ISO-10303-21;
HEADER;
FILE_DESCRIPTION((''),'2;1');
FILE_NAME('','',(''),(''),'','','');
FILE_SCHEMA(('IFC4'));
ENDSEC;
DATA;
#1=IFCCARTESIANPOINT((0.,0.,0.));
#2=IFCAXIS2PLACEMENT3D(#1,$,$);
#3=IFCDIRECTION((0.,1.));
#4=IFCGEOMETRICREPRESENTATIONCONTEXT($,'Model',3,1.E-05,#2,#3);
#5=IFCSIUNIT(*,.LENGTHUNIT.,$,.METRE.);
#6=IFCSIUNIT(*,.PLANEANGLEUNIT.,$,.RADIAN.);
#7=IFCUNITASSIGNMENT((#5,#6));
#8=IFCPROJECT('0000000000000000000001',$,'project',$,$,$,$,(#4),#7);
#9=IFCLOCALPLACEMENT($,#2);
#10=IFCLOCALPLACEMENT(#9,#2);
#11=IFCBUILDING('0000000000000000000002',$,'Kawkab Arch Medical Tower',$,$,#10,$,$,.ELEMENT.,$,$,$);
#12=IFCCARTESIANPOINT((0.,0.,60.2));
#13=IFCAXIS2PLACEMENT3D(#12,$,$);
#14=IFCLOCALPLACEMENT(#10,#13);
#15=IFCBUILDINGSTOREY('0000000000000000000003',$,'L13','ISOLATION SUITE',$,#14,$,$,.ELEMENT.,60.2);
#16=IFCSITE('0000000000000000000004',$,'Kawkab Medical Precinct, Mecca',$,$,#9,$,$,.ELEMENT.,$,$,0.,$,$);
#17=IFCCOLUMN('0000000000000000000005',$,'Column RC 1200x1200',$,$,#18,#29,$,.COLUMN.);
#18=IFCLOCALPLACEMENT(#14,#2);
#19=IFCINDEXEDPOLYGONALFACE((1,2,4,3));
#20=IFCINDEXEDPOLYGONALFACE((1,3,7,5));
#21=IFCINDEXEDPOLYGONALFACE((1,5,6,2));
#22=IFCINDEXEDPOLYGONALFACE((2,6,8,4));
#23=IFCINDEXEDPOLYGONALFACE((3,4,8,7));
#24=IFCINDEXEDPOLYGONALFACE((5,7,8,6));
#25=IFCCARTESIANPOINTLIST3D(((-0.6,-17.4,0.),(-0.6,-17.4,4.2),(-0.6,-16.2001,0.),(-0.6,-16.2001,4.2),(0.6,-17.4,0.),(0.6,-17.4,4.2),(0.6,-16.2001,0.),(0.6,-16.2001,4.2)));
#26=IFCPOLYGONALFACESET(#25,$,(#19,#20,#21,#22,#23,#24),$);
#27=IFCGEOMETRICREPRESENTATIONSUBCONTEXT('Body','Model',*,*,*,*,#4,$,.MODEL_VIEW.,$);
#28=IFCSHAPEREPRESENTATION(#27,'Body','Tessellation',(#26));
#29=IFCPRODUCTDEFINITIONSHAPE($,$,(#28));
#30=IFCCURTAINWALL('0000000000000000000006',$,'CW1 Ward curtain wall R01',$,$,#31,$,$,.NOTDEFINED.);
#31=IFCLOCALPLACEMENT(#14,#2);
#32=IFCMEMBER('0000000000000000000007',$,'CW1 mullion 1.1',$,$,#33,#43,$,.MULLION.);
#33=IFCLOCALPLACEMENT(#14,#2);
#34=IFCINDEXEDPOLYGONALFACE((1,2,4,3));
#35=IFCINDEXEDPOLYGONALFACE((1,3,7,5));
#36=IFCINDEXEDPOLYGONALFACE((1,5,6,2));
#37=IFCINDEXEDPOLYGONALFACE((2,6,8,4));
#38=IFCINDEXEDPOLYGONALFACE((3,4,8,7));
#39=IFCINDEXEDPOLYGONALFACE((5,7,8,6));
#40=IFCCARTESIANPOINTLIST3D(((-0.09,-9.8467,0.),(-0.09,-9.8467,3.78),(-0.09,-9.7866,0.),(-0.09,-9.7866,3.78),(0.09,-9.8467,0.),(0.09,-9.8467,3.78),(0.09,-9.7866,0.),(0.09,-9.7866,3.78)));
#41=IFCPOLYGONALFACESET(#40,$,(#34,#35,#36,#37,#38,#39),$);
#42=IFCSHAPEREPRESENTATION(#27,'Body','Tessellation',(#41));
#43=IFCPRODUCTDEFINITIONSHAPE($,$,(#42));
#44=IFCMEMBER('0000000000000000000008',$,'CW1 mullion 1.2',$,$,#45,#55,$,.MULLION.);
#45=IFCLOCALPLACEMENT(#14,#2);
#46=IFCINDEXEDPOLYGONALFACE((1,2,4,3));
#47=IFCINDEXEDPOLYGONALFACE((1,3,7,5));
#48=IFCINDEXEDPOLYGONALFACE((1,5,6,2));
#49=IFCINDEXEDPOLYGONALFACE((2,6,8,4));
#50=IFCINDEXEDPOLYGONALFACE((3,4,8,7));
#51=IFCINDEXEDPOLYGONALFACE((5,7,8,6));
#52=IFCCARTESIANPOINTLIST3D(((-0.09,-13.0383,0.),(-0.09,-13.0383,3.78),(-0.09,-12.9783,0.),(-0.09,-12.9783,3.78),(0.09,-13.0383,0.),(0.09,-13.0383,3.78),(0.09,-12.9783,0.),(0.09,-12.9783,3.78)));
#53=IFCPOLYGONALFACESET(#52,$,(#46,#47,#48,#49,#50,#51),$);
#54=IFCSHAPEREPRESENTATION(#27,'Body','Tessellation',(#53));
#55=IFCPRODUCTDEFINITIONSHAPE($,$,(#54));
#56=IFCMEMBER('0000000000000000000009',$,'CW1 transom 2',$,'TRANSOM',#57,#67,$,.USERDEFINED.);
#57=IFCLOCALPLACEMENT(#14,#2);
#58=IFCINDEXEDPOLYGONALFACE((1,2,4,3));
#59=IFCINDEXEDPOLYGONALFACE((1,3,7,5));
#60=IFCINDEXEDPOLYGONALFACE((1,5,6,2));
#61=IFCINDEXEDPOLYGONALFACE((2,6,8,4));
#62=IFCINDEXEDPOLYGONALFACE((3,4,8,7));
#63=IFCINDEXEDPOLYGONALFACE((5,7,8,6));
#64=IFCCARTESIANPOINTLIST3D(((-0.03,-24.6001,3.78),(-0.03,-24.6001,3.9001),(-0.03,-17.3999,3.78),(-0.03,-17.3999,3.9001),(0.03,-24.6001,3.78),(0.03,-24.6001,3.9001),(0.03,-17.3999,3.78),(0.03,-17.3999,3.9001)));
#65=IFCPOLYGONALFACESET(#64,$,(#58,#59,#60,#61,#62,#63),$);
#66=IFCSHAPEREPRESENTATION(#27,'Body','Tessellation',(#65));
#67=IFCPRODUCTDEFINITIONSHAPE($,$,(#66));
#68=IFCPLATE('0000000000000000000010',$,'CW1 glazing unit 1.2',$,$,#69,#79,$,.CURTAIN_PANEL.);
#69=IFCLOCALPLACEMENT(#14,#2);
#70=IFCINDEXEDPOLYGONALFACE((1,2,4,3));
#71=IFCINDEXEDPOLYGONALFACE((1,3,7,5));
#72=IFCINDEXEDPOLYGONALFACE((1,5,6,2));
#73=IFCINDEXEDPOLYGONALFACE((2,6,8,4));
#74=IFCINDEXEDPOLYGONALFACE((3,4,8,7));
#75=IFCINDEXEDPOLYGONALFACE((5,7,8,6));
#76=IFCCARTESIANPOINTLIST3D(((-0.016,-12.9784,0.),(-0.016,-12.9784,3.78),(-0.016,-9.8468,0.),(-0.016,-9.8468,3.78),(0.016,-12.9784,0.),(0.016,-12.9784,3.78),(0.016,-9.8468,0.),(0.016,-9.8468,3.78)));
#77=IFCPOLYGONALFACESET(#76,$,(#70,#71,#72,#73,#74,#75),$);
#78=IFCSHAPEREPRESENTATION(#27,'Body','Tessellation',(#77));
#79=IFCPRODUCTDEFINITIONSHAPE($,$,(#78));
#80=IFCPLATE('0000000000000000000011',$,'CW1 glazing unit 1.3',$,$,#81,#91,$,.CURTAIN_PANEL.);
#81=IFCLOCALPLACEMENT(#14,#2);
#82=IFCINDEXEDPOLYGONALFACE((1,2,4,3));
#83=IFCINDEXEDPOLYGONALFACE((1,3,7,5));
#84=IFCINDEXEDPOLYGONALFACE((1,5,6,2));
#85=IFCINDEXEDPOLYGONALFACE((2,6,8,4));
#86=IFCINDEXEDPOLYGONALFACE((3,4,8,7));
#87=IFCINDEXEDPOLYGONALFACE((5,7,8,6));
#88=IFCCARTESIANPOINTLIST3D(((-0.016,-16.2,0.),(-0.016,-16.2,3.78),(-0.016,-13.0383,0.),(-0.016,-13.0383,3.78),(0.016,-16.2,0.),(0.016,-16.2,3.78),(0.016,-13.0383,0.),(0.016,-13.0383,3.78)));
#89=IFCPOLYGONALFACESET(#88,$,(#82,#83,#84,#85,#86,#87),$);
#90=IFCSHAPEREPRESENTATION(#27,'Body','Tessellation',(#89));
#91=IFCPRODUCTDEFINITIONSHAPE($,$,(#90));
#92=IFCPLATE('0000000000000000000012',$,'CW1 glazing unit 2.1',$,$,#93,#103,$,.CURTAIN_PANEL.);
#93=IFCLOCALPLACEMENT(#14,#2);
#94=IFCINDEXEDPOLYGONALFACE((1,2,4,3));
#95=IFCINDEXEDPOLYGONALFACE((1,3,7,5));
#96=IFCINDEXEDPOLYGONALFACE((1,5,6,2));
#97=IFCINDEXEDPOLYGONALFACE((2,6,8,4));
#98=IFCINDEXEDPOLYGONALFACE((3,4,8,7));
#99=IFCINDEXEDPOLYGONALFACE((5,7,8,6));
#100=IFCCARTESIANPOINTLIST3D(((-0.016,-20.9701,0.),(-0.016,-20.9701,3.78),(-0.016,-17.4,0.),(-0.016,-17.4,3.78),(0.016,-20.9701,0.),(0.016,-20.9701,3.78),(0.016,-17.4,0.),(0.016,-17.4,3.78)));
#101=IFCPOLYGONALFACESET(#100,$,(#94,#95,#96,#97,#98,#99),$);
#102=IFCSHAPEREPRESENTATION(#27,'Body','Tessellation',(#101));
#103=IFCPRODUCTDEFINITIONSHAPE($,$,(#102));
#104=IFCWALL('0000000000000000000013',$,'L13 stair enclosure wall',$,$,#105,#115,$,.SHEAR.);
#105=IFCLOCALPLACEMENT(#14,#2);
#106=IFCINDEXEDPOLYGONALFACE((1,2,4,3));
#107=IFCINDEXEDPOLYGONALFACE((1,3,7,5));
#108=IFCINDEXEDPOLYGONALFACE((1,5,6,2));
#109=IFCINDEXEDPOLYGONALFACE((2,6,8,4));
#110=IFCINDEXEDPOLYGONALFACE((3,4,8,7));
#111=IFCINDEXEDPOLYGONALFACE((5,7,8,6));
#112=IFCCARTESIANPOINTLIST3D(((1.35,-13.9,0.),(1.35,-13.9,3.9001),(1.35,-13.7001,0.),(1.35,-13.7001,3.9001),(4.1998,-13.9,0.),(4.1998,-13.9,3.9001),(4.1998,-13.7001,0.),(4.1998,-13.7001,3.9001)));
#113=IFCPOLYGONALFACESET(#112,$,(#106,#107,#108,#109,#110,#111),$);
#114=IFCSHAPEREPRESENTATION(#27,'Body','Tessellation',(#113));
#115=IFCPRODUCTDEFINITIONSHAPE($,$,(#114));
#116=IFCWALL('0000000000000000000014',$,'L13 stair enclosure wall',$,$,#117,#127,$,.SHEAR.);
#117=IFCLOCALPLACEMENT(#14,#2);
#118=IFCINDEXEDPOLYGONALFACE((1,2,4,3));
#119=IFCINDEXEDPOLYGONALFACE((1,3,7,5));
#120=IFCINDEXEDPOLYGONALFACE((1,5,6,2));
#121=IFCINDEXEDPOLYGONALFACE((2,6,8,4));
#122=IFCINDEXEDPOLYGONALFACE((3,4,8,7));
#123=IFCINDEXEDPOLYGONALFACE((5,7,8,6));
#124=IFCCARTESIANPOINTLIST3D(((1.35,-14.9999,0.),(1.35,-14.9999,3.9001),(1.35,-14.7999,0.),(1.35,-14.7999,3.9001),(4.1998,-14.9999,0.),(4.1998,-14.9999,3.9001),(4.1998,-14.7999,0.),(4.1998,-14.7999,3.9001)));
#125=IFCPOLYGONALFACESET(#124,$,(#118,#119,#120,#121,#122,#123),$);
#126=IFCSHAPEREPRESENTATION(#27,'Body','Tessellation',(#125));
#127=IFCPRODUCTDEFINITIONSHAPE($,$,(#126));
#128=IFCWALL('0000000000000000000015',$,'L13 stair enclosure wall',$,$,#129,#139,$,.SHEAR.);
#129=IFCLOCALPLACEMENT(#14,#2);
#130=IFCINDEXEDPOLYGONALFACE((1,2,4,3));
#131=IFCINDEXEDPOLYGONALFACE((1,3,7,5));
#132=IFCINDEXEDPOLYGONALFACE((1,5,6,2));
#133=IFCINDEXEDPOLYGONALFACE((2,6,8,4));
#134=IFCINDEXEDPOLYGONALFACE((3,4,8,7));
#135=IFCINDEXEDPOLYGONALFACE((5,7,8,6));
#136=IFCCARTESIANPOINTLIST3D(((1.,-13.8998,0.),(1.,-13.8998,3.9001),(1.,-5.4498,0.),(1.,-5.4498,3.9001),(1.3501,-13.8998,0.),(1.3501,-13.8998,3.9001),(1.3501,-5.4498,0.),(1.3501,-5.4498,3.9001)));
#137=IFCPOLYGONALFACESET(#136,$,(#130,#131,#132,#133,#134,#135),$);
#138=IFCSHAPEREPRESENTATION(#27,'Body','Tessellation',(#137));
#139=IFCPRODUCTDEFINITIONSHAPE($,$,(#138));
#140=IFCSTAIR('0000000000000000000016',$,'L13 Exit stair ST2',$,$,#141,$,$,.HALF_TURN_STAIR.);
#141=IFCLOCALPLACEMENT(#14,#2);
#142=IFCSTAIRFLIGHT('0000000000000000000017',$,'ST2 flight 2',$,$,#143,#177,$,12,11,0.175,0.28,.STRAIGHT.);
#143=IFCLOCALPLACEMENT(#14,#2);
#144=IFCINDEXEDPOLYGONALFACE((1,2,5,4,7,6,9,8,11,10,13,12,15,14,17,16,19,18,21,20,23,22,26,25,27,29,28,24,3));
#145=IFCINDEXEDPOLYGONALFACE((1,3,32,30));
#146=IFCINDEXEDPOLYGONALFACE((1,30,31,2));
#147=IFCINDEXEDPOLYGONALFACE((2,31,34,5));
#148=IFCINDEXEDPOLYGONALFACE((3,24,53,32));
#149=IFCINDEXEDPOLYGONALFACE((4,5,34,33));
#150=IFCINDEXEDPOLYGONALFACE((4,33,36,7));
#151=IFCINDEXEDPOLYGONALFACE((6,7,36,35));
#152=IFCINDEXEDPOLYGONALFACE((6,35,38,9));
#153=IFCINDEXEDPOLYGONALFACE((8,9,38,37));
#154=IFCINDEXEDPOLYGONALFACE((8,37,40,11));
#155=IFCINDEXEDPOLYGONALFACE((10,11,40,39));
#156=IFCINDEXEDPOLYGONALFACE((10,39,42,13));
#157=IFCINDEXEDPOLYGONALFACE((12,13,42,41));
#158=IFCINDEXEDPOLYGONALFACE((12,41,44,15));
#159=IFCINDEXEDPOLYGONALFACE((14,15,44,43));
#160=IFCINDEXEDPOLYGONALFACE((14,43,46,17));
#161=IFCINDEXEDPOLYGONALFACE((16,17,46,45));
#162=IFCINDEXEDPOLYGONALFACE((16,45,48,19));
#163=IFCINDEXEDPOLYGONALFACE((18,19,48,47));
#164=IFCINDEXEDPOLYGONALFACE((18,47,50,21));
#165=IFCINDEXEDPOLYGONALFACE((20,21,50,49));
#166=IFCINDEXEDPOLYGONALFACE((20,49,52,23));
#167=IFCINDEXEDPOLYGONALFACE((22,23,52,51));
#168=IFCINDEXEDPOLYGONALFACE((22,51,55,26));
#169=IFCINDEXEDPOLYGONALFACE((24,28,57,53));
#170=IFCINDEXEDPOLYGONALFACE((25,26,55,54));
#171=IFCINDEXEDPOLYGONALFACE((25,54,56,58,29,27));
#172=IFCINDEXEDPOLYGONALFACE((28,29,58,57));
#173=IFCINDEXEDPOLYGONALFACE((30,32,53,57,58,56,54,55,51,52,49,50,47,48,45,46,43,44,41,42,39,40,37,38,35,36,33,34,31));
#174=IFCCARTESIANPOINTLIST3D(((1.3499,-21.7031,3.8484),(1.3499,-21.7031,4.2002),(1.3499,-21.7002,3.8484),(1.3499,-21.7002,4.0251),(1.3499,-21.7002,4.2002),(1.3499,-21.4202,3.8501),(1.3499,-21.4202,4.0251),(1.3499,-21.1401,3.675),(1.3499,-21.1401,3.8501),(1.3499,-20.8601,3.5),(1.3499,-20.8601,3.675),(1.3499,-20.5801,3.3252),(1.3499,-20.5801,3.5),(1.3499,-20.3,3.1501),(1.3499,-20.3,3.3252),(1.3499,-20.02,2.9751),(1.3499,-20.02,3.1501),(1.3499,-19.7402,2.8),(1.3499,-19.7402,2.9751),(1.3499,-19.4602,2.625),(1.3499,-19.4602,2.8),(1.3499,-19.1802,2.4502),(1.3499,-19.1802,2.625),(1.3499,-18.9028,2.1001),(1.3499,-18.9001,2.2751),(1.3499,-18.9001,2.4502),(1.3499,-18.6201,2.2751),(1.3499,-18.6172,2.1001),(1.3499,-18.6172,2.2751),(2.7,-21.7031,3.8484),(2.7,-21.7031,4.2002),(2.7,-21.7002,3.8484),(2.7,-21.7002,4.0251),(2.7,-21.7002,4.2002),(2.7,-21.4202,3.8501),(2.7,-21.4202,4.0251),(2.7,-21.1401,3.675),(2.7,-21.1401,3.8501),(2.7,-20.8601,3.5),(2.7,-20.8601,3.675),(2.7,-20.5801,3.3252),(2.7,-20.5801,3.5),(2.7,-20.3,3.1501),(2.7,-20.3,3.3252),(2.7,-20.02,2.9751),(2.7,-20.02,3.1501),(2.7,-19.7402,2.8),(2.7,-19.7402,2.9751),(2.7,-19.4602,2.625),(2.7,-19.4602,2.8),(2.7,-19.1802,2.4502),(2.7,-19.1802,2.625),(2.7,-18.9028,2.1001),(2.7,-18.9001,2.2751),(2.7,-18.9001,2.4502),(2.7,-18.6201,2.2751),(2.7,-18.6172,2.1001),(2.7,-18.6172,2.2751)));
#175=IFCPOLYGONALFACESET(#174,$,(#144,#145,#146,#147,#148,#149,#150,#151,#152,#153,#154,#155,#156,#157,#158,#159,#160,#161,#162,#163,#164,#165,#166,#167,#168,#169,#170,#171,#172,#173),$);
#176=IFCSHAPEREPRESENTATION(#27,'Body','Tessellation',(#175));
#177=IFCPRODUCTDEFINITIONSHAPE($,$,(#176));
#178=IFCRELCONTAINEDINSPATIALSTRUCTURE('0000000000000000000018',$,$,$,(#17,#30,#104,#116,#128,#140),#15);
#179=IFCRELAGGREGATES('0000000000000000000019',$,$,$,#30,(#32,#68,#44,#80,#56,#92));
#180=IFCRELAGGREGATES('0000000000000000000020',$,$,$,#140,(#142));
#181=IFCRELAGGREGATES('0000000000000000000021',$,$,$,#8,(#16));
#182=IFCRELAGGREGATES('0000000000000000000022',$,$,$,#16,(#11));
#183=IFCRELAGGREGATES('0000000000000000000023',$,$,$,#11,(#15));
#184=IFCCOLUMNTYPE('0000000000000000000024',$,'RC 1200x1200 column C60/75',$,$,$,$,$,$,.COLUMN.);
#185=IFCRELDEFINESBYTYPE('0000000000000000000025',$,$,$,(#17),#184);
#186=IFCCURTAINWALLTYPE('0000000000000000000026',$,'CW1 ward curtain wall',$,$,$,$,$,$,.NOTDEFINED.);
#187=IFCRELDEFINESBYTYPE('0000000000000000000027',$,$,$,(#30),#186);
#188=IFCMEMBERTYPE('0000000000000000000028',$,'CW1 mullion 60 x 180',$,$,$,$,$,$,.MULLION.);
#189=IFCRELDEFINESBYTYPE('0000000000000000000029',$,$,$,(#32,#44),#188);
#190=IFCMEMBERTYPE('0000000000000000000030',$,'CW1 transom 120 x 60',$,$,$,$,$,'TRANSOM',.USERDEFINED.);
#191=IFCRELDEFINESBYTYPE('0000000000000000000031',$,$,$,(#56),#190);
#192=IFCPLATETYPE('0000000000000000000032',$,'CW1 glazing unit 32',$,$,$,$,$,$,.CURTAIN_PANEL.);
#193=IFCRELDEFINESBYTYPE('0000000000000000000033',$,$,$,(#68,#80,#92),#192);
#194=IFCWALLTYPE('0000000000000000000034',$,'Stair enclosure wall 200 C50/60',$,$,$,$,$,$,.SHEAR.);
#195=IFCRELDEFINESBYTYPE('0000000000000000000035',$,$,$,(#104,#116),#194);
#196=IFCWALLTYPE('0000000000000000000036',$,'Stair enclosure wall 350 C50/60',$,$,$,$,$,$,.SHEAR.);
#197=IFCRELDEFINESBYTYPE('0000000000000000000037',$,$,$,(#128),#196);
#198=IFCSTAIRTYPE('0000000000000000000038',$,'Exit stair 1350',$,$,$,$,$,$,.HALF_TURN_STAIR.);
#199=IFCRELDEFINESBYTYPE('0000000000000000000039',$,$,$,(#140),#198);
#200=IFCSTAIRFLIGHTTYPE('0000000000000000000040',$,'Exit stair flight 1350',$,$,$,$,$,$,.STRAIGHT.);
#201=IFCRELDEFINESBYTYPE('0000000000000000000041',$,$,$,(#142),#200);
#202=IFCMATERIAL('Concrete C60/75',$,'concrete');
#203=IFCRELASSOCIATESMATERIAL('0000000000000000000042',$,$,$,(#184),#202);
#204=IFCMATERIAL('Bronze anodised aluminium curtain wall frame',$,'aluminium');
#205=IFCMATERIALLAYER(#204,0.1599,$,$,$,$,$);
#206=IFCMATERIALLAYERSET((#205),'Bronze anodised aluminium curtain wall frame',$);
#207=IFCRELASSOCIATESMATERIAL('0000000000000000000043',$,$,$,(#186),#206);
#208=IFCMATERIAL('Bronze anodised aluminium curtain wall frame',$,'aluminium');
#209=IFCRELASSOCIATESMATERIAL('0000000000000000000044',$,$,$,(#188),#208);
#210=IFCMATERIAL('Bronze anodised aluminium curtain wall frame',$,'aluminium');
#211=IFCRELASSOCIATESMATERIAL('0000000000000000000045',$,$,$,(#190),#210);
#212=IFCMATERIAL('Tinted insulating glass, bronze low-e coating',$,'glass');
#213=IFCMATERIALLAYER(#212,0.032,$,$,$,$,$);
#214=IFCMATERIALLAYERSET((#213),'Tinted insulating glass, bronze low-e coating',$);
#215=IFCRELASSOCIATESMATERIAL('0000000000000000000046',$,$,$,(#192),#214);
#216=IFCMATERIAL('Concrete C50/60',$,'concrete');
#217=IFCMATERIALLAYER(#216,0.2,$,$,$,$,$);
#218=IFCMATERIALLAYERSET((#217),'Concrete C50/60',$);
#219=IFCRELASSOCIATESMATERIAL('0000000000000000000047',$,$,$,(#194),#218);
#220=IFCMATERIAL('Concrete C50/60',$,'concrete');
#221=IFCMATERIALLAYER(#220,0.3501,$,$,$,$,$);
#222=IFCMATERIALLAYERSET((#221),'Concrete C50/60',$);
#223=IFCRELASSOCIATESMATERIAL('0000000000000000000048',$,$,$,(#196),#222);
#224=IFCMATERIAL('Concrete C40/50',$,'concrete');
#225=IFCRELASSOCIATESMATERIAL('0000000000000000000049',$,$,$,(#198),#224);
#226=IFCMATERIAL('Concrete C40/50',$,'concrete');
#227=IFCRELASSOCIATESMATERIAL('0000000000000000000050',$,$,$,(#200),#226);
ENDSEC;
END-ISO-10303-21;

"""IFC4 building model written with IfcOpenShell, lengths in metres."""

from ifc_helpers import new_model, si_unit, direction, frame, frame_2d, origin, origin_2d, place, context, subcontext, project, spatial, polyline, rectangle, outline, extrude, material, layer, layer_set, material_profile, profile_set, type_object, element, aggregate, save


model = new_model("IFC4")

# Units and contexts
model_context = context("Model", 3, precision=1e-05, world=origin(), true_north=direction((0.0, 1.0)))
body_context = subcontext(model_context, "Body", "Model", "MODEL_VIEW")
ifc_project = project(units=[si_unit("LENGTHUNIT", "METRE"), si_unit("PLANEANGLEUNIT", "RADIAN")], contexts=[model_context])

# Site, building, storey
site_placement = place(None, origin())
site = spatial("IfcSite", under=ifc_project, at=site_placement, Name="Kawkab Medical Precinct, Mecca", CompositionType="ELEMENT", RefElevation=0.0)
building_placement = place(site_placement, origin())
building = spatial("IfcBuilding", under=site, at=building_placement, Name="Kawkab Arch Medical Tower", CompositionType="ELEMENT")
storey_placement = place(building_placement, frame((0.0, 0.0, 60.2)))
storey = spatial("IfcBuildingStorey", under=building, at=storey_placement, Name="L13", Description="ISOLATION SUITE", CompositionType="ELEMENT", Elevation=60.2)

# Column
ifc_material_1 = material(Name="Concrete C60/75", Category="concrete")
ifc_material_profile_1 = material_profile(ifc_material_1, rectangle(XDim=1.2, YDim=1.2, at=origin_2d()), Name="RC 1200x1200")
ifc_profile_set_1 = profile_set([ifc_material_profile_1], Name="Concrete C60/75")
column_type = type_object("IfcColumnType", Name="RC 1200x1200 column C60/75", PredefinedType="COLUMN", material=ifc_profile_set_1)
column_placement = place(storey_placement, frame((0.0, -16.8, 0.0), z_axis=(0.0, 0.0, 1.0), x_axis=(1.0, 0.0, 0.0)))
element("IfcColumn", 1, at=column_placement, inside=storey, type_object=column_type, Name="Column RC 1200x1200", PredefinedType="COLUMN", context=body_context, shape_type="SweptSolid", body=[
    extrude(rectangle(XDim=1.2, YDim=1.2, at=origin_2d()), origin(), (0.0, 0.0, 1.0), 4.2),
])

# Curtain wall, members, plates
ifc_material_2 = material(Name="Bronze anodised aluminium curtain wall frame", Category="aluminium")
ifc_layer_1 = layer(ifc_material_2, 0.1599)
ifc_layer_set_1 = layer_set([ifc_layer_1], Name="Bronze anodised aluminium curtain wall frame")
curtain_wall_type = type_object("IfcCurtainWallType", Name="CW1 ward curtain wall", PredefinedType="NOTDEFINED", material=ifc_layer_set_1)
placement = place(storey_placement, origin())
curtain_wall = element("IfcCurtainWall", 2, at=placement, inside=storey, type_object=curtain_wall_type, Name="CW1 Ward curtain wall R01", PredefinedType="NOTDEFINED")
ifc_material_3 = material(Name="Bronze anodised aluminium curtain wall frame", Category="aluminium")
ifc_material_profile_2 = material_profile(ifc_material_3, rectangle(XDim=0.1799, YDim=0.0601, at=origin_2d()), Name="AL 60x180")
ifc_profile_set_2 = profile_set([ifc_material_profile_2], Name="Bronze anodised aluminium curtain wall frame")
member_type_1 = type_object("IfcMemberType", Name="CW1 mullion 60 x 180", PredefinedType="MULLION", material=ifc_profile_set_2)
member_1_placement = place(storey_placement, frame((0.0, -9.8167, 0.0), z_axis=(0.0, 0.0, 1.0), x_axis=(1.0, 0.0, 0.0)))
member_1 = element("IfcMember", 3, at=member_1_placement, type_object=member_type_1, Name="CW1 mullion 1.1", PredefinedType="MULLION", context=body_context, shape_type="SweptSolid", body=[
    extrude(rectangle(XDim=0.1799, YDim=0.0601, at=origin_2d()), origin(), (0.0, 0.0, 1.0), 3.78),
])
member_2_placement = place(storey_placement, frame((0.0, -13.0083, 0.0), z_axis=(0.0, 0.0, 1.0), x_axis=(1.0, 0.0, 0.0)))
member_2 = element("IfcMember", 4, at=member_2_placement, type_object=member_type_1, Name="CW1 mullion 1.2", PredefinedType="MULLION", context=body_context, shape_type="SweptSolid", body=[
    extrude(rectangle(XDim=0.1799, YDim=0.0601, at=origin_2d()), origin(), (0.0, 0.0, 1.0), 3.78),
])
ifc_material_4 = material(Name="Bronze anodised aluminium curtain wall frame", Category="aluminium")
ifc_material_profile_3 = material_profile(ifc_material_4, rectangle(XDim=0.0601, YDim=0.1201, at=origin_2d()), Name="AL 60x120")
ifc_profile_set_3 = profile_set([ifc_material_profile_3], Name="Bronze anodised aluminium curtain wall frame")
member_type_2 = type_object("IfcMemberType", Name="CW1 transom 120 x 60", ElementType="TRANSOM", PredefinedType="USERDEFINED", material=ifc_profile_set_3)
member_3_placement = place(storey_placement, frame((0.0, -17.3999, 3.8401), z_axis=(0.0, -1.0, 0.0), x_axis=(1.0, 0.0, 0.0)))
member_3 = element("IfcMember", 5, at=member_3_placement, type_object=member_type_2, Name="CW1 transom 2", ObjectType="TRANSOM", PredefinedType="USERDEFINED", context=body_context, shape_type="SweptSolid", body=[
    extrude(rectangle(XDim=0.0601, YDim=0.1201, at=origin_2d()), origin(), (0.0, 0.0, 1.0), 7.2002),
])
ifc_material_5 = material(Name="Tinted insulating glass, bronze low-e coating", Category="glass")
ifc_layer_2 = layer(ifc_material_5, 0.032)
ifc_layer_set_2 = layer_set([ifc_layer_2], Name="Tinted insulating glass, bronze low-e coating")
plate_type = type_object("IfcPlateType", Name="CW1 glazing unit 32", PredefinedType="CURTAIN_PANEL", material=ifc_layer_set_2)
plate_1_placement = place(storey_placement, frame((0.0, -11.4126, 0.0), z_axis=(0.0, 0.0, 1.0), x_axis=(0.0, -1.0, 0.0)))
plate_1 = element("IfcPlate", 6, at=plate_1_placement, type_object=plate_type, Name="CW1 glazing unit 1.2", PredefinedType="CURTAIN_PANEL", context=body_context, shape_type="SweptSolid", body=[
    extrude(rectangle(XDim=3.1316, YDim=0.032, at=origin_2d()), origin(), (0.0, 0.0, 1.0), 3.78),
])
plate_2_placement = place(storey_placement, frame((0.0, -14.6191, 0.0), z_axis=(0.0, 0.0, 1.0), x_axis=(0.0, -1.0, 0.0)))
plate_2 = element("IfcPlate", 7, at=plate_2_placement, type_object=plate_type, Name="CW1 glazing unit 1.3", PredefinedType="CURTAIN_PANEL", context=body_context, shape_type="SweptSolid", body=[
    extrude(rectangle(XDim=3.1616, YDim=0.032, at=origin_2d()), origin(), (0.0, 0.0, 1.0), 3.78),
])
plate_3_placement = place(storey_placement, frame((0.0, -19.1851, 0.0), z_axis=(0.0, 0.0, 1.0), x_axis=(0.0, -1.0, 0.0)))
plate_3 = element("IfcPlate", 8, at=plate_3_placement, type_object=plate_type, Name="CW1 glazing unit 2.1", PredefinedType="CURTAIN_PANEL", context=body_context, shape_type="SweptSolid", body=[
    extrude(rectangle(XDim=3.5701, YDim=0.032, at=origin_2d()), origin(), (0.0, 0.0, 1.0), 3.78),
])
aggregate(curtain_wall, [member_1, plate_1, member_2, plate_2, member_3, plate_3])

# Walls
ifc_material_6 = material(Name="Concrete C50/60", Category="concrete")
ifc_layer_3 = layer(ifc_material_6, 0.2)
ifc_layer_set_3 = layer_set([ifc_layer_3], Name="Concrete C50/60")
wall_type_1 = type_object("IfcWallType", Name="Stair enclosure wall 200 C50/60", PredefinedType="SHEAR", material=ifc_layer_set_3)
for number, where, z_axis, x_axis, name in (
    (9, (1.3501, -13.8, 0.0), (0.0, 0.0, 1.0), (1.0, 0.0, 0.0), "L13 stair enclosure wall"),
    (10, (1.3501, -14.8999, 0.0), (0.0, 0.0, 1.0), (1.0, 0.0, 0.0), "L13 stair enclosure wall"),
):
    element("IfcWall", number, at=place(storey_placement, frame(where, z_axis=z_axis, x_axis=x_axis)), inside=storey, type_object=wall_type_1, Name=name, PredefinedType="SHEAR", context=body_context, shape_type="SweptSolid", body=[
        extrude(rectangle(XDim=2.8499, YDim=0.2, at=frame_2d((1.4248, 0.0))), origin(), (0.0, 0.0, 1.0), 3.9001),
    ])
ifc_material_7 = material(Name="Concrete C50/60", Category="concrete")
ifc_layer_4 = layer(ifc_material_7, 0.3501)
ifc_layer_set_4 = layer_set([ifc_layer_4], Name="Concrete C50/60")
wall_type_2 = type_object("IfcWallType", Name="Stair enclosure wall 350 C50/60", PredefinedType="SHEAR", material=ifc_layer_set_4)
wall_placement = place(storey_placement, frame((1.175, -13.8999, 0.0), z_axis=(0.0, 0.0, 1.0), x_axis=(0.0, 1.0, 0.0)))
element("IfcWall", 11, at=wall_placement, inside=storey, type_object=wall_type_2, Name="L13 stair enclosure wall", PredefinedType="SHEAR", context=body_context, shape_type="SweptSolid", body=[
    extrude(rectangle(XDim=8.45, YDim=0.3501, at=frame_2d((4.2251, 0.0))), origin(), (0.0, 0.0, 1.0), 3.9001),
])

# Stair, stair flight
ifc_material_8 = material(Name="Concrete C40/50", Category="concrete")
stair_type = type_object("IfcStairType", Name="Exit stair 1350", PredefinedType="HALF_TURN_STAIR", material=ifc_material_8)
stair = element("IfcStair", 12, at=placement, inside=storey, type_object=stair_type, Name="L13 Exit stair ST2", PredefinedType="HALF_TURN_STAIR")
ifc_material_9 = material(Name="Concrete C40/50", Category="concrete")
stair_flight_type = type_object("IfcStairFlightType", Name="Exit stair flight 1350", PredefinedType="STRAIGHT", material=ifc_material_9)
stair_flight_placement = place(storey_placement, frame((2.0249, -18.6201, 2.1001), z_axis=(0.0, 0.0, 1.0), x_axis=(0.0, -1.0, 0.0)))
stair_flight = element("IfcStairFlight", 13, at=stair_flight_placement, type_object=stair_flight_type, Name="ST2 flight 2", NumberOfRisers=12, NumberOfTreads=11, PredefinedType="STRAIGHT", RiserHeight=0.175, TreadLength=0.28, context=body_context, shape_type="SweptSolid", body=[
    extrude(outline(polyline([(-0.0029, 0.0), (-0.0029, 0.175), (0.0, 0.175), (0.28, 0.175), (0.28, 0.3501), (0.5601, 0.3501), (0.5601, 0.5249), (0.8401, 0.5249), (0.8401, 0.7), (1.1201, 0.7), (1.1201, 0.875), (1.3999, 0.875), (1.3999, 1.05), (1.6799, 1.05), (1.6799, 1.2251), (1.96, 1.2251), (1.96, 1.3999), (2.24, 1.3999), (2.24, 1.575), (2.52, 1.575), (2.52, 1.75), (2.8, 1.75), (2.8, 1.925), (3.0801, 1.925), (3.0801, 2.1001), (3.083, 2.1001), (3.083, 1.7483), (3.0801, 1.7483), (0.2827, 0.0), (-0.0029, 0.0)])), frame((0.0, 0.675, 0.0), z_axis=(0.0, -1.0, 0.0), x_axis=(1.0, 0.0, 0.0)), (0.0, 0.0, 1.0), 1.3501),
])
aggregate(stair, [stair_flight])

save(model, "model.ifc")
